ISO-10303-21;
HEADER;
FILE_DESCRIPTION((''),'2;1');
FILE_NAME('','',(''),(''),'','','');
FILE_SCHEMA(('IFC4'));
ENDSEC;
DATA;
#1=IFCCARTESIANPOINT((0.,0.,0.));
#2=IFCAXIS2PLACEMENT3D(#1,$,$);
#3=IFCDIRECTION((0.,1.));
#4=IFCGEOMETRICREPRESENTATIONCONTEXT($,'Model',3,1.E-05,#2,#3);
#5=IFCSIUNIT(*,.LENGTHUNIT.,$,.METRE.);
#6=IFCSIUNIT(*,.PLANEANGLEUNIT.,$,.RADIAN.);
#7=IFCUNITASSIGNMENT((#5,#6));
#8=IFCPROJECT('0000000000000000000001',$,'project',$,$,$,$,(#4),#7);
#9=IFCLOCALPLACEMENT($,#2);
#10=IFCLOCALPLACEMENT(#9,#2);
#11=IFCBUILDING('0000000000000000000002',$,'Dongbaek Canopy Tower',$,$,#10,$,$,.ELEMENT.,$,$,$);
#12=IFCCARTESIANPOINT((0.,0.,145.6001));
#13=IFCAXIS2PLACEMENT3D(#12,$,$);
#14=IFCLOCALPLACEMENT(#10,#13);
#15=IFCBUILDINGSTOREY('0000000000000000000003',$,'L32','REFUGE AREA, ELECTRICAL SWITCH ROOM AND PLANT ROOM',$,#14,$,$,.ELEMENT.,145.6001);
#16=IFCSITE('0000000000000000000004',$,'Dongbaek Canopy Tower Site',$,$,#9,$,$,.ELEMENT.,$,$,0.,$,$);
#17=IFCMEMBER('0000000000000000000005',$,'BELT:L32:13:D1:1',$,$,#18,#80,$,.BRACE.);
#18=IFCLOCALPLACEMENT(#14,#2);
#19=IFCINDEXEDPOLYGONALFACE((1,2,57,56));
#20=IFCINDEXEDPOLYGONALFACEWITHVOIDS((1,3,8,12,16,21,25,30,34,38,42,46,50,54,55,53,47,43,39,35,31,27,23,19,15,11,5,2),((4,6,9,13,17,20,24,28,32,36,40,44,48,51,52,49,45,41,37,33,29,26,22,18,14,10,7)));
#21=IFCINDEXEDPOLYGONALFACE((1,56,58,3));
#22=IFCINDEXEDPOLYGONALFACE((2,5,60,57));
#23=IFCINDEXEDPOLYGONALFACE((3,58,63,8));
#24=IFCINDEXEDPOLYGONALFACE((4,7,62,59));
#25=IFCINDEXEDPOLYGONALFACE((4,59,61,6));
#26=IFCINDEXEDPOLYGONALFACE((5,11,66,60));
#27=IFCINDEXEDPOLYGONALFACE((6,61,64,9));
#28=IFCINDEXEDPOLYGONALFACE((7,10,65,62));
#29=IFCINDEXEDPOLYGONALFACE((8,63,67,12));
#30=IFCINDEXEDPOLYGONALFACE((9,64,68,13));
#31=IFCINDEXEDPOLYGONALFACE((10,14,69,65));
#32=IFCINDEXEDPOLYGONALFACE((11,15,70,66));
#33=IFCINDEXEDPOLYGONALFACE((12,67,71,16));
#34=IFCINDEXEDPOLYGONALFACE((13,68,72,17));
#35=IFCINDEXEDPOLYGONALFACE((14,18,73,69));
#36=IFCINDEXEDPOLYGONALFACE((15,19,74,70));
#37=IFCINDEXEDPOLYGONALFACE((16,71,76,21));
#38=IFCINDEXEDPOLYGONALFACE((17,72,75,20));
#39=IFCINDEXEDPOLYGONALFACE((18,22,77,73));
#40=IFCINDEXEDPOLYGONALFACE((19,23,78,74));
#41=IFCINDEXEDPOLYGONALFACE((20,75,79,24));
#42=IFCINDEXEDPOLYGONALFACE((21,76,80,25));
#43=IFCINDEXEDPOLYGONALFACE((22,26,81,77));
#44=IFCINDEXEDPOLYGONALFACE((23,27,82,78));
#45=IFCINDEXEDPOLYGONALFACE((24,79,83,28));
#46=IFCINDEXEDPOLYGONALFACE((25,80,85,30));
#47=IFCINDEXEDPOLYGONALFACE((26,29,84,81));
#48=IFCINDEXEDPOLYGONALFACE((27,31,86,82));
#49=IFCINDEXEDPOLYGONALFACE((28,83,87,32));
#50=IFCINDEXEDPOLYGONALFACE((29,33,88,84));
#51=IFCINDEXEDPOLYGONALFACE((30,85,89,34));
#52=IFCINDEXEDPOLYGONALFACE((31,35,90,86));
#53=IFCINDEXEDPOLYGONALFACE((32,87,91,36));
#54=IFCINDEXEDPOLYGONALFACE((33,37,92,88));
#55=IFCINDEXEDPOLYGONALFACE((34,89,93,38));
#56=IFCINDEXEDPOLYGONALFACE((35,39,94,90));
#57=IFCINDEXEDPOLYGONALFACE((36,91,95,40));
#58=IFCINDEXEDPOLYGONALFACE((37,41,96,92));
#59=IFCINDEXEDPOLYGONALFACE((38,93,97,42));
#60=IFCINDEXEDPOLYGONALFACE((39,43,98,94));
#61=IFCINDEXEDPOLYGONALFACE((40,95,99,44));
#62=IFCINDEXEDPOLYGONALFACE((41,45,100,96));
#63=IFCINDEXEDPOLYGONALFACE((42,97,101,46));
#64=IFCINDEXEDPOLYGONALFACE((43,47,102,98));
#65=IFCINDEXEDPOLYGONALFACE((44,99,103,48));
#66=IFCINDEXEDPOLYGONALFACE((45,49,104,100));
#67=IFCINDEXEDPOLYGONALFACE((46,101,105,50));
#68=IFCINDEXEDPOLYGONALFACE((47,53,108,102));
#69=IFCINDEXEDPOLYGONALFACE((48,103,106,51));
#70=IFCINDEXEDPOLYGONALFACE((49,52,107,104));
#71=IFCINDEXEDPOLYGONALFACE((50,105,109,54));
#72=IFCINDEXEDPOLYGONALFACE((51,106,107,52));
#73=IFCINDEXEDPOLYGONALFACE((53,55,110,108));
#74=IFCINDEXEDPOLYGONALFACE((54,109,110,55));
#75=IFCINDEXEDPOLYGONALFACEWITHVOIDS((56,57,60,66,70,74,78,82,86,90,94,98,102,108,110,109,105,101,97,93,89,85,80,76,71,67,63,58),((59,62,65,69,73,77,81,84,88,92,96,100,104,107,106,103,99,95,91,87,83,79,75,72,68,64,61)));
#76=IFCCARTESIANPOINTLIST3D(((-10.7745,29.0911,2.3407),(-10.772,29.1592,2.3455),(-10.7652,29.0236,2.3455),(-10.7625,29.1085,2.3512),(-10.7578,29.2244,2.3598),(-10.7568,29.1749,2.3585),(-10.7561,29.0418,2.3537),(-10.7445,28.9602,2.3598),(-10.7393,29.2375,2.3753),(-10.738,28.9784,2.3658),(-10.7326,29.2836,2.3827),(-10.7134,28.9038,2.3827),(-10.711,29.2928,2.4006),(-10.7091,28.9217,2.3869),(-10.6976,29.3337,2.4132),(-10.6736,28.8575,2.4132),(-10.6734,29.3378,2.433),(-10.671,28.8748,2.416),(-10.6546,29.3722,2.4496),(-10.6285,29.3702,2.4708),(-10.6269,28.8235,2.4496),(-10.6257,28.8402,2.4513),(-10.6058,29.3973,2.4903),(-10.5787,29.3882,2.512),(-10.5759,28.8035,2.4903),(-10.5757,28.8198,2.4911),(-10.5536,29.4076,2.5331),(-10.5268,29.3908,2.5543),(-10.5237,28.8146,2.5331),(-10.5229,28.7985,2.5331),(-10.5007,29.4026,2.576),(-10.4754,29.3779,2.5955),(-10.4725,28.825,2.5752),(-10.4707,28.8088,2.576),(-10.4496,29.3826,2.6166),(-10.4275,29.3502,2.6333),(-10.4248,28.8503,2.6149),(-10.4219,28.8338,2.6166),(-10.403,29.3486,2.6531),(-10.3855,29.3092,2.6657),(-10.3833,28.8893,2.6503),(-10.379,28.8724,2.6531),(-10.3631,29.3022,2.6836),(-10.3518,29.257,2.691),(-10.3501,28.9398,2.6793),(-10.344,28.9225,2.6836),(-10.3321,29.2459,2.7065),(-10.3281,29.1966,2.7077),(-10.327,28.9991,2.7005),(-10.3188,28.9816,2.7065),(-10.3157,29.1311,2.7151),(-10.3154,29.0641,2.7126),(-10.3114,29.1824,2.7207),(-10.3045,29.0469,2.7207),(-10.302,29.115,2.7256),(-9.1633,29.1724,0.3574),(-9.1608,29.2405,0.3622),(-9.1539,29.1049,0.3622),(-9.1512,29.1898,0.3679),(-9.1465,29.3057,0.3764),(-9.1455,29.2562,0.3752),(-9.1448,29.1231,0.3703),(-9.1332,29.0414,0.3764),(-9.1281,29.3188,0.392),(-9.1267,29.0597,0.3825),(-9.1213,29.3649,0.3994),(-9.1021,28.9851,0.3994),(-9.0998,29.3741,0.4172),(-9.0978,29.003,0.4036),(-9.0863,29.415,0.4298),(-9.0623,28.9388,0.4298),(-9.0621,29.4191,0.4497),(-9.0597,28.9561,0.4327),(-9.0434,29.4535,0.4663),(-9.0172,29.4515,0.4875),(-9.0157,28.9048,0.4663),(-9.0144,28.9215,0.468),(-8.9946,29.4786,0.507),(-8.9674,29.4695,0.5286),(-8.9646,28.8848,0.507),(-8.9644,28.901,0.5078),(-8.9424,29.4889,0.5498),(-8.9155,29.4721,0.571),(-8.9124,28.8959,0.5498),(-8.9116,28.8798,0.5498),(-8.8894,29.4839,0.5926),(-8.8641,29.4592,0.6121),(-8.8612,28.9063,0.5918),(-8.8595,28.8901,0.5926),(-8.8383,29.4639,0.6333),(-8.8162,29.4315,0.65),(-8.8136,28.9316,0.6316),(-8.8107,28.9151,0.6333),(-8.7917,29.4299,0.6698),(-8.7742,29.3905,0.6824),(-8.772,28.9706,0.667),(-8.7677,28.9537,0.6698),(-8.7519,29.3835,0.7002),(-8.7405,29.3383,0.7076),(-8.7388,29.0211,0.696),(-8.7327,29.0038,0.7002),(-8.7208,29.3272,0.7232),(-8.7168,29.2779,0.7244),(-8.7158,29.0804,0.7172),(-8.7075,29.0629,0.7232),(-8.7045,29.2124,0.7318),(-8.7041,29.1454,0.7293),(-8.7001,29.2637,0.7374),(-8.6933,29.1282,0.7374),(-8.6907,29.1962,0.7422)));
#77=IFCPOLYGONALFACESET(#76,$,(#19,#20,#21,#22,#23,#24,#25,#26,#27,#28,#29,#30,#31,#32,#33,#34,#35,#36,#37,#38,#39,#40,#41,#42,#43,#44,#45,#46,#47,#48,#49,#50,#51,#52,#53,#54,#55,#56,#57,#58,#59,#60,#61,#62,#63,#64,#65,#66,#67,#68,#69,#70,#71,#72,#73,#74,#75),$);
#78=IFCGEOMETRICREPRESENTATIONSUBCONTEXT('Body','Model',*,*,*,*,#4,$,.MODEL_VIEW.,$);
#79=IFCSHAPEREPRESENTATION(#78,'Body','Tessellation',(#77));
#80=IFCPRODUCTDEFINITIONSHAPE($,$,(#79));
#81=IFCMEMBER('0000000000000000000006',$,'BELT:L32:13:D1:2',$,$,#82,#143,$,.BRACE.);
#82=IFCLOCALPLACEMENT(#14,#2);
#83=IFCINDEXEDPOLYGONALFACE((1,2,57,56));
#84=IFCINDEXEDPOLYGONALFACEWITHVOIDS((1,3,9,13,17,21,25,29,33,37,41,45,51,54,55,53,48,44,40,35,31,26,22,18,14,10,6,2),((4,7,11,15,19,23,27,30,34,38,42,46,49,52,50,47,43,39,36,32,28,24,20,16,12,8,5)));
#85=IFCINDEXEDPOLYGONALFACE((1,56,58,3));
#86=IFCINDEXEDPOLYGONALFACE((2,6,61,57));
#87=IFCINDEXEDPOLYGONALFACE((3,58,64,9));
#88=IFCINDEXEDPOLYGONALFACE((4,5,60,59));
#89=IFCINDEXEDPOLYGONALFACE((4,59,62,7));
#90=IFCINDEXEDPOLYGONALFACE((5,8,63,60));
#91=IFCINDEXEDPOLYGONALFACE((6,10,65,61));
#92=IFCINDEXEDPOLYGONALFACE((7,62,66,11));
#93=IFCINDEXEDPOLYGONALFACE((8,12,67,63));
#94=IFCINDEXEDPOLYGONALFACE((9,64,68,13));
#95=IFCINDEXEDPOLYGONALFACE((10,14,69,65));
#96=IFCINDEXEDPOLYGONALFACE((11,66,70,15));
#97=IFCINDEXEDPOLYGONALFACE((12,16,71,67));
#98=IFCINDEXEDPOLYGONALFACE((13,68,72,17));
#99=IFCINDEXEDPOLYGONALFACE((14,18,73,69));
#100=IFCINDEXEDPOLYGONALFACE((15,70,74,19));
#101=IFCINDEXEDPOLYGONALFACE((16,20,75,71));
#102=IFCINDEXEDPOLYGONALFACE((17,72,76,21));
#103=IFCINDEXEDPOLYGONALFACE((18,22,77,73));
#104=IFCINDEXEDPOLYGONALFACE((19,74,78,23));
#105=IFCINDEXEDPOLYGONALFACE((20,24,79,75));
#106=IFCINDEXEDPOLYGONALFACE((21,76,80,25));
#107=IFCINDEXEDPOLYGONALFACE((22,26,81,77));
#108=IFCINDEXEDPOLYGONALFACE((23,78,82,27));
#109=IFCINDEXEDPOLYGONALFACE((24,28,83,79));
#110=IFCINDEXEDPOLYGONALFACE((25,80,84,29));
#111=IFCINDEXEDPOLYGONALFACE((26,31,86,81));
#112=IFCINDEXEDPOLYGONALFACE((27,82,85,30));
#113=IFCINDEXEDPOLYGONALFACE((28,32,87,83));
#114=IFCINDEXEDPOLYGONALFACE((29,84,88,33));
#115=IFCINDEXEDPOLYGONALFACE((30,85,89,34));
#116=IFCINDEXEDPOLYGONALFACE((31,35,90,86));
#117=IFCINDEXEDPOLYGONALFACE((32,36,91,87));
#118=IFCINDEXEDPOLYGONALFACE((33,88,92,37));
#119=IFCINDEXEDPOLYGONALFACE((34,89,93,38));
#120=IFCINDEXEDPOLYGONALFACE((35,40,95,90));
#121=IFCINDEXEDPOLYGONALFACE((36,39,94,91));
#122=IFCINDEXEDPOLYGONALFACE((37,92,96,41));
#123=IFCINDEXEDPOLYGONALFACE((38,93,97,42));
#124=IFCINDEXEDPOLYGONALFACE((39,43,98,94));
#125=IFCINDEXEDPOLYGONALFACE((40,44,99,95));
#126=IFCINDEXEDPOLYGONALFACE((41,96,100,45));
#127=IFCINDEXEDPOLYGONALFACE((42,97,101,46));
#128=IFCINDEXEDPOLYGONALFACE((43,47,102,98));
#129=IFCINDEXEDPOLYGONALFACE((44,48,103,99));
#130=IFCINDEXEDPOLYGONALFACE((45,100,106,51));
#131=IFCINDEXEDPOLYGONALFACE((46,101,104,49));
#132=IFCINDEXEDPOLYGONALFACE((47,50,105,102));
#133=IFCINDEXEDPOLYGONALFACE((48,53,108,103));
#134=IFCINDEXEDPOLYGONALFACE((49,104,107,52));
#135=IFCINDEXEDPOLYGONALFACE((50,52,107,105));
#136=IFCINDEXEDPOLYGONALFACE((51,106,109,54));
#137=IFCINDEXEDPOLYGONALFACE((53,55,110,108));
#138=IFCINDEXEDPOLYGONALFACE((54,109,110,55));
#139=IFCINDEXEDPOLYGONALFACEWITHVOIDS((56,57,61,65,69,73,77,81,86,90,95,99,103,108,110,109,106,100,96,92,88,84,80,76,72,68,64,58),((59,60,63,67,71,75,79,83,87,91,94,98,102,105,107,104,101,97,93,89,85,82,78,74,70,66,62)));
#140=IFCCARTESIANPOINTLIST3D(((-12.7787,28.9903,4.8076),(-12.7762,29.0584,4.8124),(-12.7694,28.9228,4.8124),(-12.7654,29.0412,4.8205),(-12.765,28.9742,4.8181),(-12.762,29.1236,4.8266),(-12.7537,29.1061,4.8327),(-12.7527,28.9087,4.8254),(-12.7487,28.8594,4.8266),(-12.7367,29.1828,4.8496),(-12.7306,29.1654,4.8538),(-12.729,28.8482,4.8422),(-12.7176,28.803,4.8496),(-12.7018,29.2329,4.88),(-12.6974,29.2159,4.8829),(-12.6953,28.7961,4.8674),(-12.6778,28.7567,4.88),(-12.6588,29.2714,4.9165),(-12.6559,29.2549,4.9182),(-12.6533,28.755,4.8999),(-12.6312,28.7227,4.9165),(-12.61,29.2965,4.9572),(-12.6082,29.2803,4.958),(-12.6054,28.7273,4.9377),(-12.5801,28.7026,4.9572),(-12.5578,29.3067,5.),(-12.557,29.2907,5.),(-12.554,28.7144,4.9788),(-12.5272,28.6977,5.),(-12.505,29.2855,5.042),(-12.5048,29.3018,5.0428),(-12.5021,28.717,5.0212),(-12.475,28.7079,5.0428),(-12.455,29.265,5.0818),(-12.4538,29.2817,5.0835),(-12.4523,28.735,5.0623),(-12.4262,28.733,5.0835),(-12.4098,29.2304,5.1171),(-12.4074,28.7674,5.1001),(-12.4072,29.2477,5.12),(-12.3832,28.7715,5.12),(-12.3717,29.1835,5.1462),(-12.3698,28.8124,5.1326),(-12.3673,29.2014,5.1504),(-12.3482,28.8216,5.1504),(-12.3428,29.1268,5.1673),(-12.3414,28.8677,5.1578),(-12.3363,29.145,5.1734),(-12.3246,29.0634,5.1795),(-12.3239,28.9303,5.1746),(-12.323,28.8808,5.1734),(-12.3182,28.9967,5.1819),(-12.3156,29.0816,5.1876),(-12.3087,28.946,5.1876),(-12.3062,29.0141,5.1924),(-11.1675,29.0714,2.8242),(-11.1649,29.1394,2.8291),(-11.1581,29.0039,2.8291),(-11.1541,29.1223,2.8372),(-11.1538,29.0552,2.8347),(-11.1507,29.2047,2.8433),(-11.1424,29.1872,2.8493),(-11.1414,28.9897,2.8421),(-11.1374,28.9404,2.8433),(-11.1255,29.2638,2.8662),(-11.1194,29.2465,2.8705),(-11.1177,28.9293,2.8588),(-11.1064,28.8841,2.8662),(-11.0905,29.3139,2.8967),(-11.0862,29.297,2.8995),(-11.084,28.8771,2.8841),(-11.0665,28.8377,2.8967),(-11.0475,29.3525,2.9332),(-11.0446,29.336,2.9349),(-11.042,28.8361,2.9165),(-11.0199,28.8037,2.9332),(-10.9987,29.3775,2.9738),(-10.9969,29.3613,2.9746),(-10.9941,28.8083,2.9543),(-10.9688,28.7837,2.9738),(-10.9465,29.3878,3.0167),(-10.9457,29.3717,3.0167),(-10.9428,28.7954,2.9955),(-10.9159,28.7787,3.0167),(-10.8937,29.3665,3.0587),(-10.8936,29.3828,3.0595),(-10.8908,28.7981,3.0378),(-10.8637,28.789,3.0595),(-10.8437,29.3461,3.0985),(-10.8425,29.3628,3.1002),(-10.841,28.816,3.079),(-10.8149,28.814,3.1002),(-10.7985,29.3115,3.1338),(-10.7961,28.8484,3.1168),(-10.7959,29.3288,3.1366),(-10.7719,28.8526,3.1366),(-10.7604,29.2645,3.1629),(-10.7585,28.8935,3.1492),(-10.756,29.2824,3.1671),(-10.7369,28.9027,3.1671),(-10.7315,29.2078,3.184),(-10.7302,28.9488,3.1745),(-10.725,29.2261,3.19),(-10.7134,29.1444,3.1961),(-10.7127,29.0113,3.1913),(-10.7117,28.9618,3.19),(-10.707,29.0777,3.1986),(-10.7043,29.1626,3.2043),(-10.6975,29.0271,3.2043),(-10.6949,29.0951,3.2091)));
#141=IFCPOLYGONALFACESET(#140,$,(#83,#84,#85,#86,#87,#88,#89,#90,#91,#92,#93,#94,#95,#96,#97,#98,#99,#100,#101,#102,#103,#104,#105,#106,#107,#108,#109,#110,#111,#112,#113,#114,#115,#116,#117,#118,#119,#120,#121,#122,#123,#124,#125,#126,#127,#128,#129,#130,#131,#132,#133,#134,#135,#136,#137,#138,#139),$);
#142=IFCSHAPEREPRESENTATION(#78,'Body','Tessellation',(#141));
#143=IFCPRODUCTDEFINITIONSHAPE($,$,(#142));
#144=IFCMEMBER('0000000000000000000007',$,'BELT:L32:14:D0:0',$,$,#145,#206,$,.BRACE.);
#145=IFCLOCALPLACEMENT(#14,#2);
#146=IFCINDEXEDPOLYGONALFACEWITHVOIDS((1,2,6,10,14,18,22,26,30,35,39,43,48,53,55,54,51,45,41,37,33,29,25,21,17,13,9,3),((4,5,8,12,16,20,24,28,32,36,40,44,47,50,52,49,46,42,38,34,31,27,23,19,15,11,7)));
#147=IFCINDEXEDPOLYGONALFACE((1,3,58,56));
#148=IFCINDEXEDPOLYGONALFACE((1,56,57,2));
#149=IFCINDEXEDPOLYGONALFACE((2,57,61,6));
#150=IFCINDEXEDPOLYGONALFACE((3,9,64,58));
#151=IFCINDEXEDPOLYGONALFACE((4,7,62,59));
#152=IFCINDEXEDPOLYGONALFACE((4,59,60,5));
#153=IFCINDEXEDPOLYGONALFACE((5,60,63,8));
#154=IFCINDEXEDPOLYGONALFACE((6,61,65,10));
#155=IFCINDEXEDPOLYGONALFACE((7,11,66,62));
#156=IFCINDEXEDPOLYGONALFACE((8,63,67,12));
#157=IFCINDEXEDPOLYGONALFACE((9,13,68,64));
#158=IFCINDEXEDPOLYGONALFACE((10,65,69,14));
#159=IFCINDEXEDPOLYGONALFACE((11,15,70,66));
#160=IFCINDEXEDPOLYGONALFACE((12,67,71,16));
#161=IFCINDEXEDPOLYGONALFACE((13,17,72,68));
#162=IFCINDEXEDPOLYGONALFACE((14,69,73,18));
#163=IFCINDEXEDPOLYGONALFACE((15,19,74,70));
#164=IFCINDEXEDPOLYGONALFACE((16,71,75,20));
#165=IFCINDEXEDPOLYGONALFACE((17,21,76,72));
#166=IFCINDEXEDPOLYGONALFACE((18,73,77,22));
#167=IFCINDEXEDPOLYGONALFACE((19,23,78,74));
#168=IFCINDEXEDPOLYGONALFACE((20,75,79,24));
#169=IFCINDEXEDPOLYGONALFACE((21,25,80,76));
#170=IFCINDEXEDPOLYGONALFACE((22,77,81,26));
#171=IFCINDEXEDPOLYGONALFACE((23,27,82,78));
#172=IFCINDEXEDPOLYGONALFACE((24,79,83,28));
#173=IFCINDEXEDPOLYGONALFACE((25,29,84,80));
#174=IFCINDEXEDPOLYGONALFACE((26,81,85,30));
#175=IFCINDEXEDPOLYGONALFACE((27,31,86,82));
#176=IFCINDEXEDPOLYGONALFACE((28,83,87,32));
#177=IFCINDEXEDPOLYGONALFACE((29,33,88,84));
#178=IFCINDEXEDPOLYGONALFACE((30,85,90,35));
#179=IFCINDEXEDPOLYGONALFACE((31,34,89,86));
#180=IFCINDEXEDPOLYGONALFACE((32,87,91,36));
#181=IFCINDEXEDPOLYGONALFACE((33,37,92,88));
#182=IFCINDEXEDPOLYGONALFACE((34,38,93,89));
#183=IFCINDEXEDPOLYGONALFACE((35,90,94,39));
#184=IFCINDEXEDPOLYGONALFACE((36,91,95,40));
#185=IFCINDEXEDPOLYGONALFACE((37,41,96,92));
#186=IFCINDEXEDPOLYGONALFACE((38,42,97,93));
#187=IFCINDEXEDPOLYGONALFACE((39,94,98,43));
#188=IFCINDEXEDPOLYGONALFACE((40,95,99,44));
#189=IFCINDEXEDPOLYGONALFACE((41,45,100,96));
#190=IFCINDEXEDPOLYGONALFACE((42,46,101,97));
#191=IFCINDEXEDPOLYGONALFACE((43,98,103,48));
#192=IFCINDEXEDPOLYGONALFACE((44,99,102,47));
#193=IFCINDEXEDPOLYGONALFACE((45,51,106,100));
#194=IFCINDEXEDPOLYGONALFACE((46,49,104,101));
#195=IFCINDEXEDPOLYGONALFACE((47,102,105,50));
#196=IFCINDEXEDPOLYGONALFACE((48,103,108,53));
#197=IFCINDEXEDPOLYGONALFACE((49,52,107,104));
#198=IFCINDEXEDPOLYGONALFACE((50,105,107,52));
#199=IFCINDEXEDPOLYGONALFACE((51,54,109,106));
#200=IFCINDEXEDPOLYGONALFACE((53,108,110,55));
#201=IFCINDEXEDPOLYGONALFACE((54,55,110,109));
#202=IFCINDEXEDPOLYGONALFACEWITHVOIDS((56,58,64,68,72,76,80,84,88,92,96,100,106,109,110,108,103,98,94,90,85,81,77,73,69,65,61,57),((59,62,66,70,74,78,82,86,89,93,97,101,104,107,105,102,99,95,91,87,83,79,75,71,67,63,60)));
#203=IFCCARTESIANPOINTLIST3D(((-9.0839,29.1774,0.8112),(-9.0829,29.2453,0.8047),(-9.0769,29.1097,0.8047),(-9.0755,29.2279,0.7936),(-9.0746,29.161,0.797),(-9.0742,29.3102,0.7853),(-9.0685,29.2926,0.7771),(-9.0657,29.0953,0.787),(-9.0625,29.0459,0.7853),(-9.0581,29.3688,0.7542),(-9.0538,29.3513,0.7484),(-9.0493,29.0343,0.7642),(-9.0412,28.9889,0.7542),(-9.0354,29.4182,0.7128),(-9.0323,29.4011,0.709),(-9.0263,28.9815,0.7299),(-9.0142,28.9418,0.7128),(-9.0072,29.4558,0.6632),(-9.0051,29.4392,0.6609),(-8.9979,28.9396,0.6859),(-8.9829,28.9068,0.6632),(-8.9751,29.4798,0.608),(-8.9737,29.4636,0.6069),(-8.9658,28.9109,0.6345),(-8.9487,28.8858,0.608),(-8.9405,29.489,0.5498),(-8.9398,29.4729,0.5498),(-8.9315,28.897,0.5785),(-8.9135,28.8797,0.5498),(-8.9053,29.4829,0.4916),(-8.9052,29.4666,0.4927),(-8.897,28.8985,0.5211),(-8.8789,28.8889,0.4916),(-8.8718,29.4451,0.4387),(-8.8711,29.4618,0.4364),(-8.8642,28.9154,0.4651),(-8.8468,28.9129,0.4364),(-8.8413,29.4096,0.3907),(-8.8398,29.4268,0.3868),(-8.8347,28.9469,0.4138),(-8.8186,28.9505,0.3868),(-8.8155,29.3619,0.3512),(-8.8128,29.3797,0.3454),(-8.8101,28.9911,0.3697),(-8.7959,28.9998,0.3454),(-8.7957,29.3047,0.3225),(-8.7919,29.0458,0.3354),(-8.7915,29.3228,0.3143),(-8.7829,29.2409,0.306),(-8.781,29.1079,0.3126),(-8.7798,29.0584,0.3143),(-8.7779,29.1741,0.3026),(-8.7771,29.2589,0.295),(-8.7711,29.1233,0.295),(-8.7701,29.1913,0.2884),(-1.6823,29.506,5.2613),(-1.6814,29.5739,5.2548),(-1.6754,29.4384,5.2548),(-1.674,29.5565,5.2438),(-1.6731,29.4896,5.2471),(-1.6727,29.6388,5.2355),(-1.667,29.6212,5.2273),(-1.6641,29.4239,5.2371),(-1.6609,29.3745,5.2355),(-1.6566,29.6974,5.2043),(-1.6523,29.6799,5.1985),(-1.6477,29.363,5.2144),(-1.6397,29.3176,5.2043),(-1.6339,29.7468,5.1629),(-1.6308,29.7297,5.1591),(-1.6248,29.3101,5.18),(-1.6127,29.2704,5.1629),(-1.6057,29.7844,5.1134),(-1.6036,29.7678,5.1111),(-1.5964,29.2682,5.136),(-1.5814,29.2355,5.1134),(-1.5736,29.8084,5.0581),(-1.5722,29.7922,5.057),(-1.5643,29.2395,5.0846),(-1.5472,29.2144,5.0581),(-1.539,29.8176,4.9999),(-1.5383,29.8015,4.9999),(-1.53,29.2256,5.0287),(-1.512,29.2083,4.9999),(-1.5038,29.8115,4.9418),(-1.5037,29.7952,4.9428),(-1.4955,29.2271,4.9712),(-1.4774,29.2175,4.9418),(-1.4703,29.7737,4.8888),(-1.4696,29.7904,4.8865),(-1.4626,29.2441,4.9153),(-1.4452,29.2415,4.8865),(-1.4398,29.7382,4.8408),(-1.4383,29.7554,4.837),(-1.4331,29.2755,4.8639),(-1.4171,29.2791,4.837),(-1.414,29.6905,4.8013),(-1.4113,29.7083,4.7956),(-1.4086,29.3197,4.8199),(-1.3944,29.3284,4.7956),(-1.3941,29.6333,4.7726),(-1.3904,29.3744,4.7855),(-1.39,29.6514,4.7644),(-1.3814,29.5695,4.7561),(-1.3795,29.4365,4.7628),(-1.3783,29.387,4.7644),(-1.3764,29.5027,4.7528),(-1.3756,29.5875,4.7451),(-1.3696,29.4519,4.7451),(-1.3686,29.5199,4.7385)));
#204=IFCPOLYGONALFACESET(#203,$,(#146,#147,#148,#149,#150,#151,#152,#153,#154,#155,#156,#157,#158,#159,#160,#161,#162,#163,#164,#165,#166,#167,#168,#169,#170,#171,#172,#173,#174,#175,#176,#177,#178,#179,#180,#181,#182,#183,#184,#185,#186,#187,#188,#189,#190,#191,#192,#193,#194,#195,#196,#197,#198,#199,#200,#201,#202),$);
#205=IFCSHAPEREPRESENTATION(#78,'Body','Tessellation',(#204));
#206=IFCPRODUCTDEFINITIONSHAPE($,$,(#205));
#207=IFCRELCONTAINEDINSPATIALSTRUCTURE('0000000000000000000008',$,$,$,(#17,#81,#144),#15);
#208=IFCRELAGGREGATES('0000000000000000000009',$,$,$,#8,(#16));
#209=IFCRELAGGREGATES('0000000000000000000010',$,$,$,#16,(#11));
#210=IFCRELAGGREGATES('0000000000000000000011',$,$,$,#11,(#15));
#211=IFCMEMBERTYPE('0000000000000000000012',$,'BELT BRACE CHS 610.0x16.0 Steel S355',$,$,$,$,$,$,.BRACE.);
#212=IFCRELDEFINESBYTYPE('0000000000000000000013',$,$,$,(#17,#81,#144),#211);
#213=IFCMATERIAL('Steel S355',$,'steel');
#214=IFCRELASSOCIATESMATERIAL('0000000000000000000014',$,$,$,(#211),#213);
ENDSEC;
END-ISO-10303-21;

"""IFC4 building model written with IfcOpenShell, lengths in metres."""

from ifc_helpers import new_model, si_unit, direction, frame, origin, origin_2d, place, context, subcontext, project, spatial, hollow_circle, extrude, material, material_profile, profile_set, type_object, element, save


model = new_model("IFC4")

# Units and contexts
model_context = context("Model", 3, precision=1e-05, world=origin(), true_north=direction((0.0, 1.0)))
body_context = subcontext(model_context, "Body", "Model", "MODEL_VIEW")
ifc_project = project(units=[si_unit("LENGTHUNIT", "METRE"), si_unit("PLANEANGLEUNIT", "RADIAN")], contexts=[model_context])

# Site, building, storey
site_placement = place(None, origin())
site = spatial("IfcSite", under=ifc_project, at=site_placement, Name="Dongbaek Canopy Tower Site", CompositionType="ELEMENT", RefElevation=0.0)
building_placement = place(site_placement, origin())
building = spatial("IfcBuilding", under=site, at=building_placement, Name="Dongbaek Canopy Tower", CompositionType="ELEMENT")
storey_placement = place(building_placement, frame((0.0, 0.0, 145.6001)))
storey = spatial("IfcBuildingStorey", under=building, at=storey_placement, Name="L32", Description="REFUGE AREA, ELECTRICAL SWITCH ROOM AND PLANT ROOM", CompositionType="ELEMENT", Elevation=145.6001)

# Members
ifc_material_1 = material(Name="Steel S355", Category="steel")
ifc_material_profile_1 = material_profile(ifc_material_1, hollow_circle(Radius=0.3049, WallThickness=0.0161, at=origin_2d()), Name="BELT BRACE CHS 610.0x16.0 Steel S355")
ifc_profile_set_1 = profile_set([ifc_material_profile_1], Name="Steel S355")
member_type_1 = type_object("IfcMemberType", Name="BELT BRACE CHS 610.0x16.0 Steel S355", PredefinedType="BRACE", material=ifc_profile_set_1)
for number, where, z_axis, x_axis, name in (
    (1, (-8.927, 29.1843, 0.5498), (-0.630231, -0.031798, 0.775757), (0.05039, -0.99873, 0.0), "BELT:L32:13:D1:1"),
    (2, (-12.5425, 29.0022, 5.0), (0.630233, 0.031703, -0.775759), (-0.05024, 0.998737, 0.0), "BELT:L32:13:D1:2"),
):
    element("IfcMember", number, at=place(storey_placement, frame(where, z_axis=z_axis, x_axis=x_axis)), inside=storey, type_object=member_type_1, Name=name, PredefinedType="BRACE", context=body_context, shape_type="SweptSolid", body=[
        extrude(hollow_circle(Radius=0.3049, WallThickness=0.0161, at=origin_2d()), origin(), (0.0, 0.0, 1.0), 2.5566),
    ])
member_1_placement = place(storey_placement, frame((-8.927, 29.1843, 0.5498), z_axis=(0.856401, 0.038022, 0.514909), x_axis=(-0.044354, 0.999016, 0.0)))
element("IfcMember", 3, at=member_1_placement, inside=storey, type_object=member_type_1, Name="BELT:L32:14:D0:0", PredefinedType="BRACE", context=body_context, shape_type="SweptSolid", body=[
    extrude(hollow_circle(Radius=0.3049, WallThickness=0.0161, at=origin_2d()), origin(), (0.0, 0.0, 1.0), 8.6426),
])

save(model, "model.ifc")
